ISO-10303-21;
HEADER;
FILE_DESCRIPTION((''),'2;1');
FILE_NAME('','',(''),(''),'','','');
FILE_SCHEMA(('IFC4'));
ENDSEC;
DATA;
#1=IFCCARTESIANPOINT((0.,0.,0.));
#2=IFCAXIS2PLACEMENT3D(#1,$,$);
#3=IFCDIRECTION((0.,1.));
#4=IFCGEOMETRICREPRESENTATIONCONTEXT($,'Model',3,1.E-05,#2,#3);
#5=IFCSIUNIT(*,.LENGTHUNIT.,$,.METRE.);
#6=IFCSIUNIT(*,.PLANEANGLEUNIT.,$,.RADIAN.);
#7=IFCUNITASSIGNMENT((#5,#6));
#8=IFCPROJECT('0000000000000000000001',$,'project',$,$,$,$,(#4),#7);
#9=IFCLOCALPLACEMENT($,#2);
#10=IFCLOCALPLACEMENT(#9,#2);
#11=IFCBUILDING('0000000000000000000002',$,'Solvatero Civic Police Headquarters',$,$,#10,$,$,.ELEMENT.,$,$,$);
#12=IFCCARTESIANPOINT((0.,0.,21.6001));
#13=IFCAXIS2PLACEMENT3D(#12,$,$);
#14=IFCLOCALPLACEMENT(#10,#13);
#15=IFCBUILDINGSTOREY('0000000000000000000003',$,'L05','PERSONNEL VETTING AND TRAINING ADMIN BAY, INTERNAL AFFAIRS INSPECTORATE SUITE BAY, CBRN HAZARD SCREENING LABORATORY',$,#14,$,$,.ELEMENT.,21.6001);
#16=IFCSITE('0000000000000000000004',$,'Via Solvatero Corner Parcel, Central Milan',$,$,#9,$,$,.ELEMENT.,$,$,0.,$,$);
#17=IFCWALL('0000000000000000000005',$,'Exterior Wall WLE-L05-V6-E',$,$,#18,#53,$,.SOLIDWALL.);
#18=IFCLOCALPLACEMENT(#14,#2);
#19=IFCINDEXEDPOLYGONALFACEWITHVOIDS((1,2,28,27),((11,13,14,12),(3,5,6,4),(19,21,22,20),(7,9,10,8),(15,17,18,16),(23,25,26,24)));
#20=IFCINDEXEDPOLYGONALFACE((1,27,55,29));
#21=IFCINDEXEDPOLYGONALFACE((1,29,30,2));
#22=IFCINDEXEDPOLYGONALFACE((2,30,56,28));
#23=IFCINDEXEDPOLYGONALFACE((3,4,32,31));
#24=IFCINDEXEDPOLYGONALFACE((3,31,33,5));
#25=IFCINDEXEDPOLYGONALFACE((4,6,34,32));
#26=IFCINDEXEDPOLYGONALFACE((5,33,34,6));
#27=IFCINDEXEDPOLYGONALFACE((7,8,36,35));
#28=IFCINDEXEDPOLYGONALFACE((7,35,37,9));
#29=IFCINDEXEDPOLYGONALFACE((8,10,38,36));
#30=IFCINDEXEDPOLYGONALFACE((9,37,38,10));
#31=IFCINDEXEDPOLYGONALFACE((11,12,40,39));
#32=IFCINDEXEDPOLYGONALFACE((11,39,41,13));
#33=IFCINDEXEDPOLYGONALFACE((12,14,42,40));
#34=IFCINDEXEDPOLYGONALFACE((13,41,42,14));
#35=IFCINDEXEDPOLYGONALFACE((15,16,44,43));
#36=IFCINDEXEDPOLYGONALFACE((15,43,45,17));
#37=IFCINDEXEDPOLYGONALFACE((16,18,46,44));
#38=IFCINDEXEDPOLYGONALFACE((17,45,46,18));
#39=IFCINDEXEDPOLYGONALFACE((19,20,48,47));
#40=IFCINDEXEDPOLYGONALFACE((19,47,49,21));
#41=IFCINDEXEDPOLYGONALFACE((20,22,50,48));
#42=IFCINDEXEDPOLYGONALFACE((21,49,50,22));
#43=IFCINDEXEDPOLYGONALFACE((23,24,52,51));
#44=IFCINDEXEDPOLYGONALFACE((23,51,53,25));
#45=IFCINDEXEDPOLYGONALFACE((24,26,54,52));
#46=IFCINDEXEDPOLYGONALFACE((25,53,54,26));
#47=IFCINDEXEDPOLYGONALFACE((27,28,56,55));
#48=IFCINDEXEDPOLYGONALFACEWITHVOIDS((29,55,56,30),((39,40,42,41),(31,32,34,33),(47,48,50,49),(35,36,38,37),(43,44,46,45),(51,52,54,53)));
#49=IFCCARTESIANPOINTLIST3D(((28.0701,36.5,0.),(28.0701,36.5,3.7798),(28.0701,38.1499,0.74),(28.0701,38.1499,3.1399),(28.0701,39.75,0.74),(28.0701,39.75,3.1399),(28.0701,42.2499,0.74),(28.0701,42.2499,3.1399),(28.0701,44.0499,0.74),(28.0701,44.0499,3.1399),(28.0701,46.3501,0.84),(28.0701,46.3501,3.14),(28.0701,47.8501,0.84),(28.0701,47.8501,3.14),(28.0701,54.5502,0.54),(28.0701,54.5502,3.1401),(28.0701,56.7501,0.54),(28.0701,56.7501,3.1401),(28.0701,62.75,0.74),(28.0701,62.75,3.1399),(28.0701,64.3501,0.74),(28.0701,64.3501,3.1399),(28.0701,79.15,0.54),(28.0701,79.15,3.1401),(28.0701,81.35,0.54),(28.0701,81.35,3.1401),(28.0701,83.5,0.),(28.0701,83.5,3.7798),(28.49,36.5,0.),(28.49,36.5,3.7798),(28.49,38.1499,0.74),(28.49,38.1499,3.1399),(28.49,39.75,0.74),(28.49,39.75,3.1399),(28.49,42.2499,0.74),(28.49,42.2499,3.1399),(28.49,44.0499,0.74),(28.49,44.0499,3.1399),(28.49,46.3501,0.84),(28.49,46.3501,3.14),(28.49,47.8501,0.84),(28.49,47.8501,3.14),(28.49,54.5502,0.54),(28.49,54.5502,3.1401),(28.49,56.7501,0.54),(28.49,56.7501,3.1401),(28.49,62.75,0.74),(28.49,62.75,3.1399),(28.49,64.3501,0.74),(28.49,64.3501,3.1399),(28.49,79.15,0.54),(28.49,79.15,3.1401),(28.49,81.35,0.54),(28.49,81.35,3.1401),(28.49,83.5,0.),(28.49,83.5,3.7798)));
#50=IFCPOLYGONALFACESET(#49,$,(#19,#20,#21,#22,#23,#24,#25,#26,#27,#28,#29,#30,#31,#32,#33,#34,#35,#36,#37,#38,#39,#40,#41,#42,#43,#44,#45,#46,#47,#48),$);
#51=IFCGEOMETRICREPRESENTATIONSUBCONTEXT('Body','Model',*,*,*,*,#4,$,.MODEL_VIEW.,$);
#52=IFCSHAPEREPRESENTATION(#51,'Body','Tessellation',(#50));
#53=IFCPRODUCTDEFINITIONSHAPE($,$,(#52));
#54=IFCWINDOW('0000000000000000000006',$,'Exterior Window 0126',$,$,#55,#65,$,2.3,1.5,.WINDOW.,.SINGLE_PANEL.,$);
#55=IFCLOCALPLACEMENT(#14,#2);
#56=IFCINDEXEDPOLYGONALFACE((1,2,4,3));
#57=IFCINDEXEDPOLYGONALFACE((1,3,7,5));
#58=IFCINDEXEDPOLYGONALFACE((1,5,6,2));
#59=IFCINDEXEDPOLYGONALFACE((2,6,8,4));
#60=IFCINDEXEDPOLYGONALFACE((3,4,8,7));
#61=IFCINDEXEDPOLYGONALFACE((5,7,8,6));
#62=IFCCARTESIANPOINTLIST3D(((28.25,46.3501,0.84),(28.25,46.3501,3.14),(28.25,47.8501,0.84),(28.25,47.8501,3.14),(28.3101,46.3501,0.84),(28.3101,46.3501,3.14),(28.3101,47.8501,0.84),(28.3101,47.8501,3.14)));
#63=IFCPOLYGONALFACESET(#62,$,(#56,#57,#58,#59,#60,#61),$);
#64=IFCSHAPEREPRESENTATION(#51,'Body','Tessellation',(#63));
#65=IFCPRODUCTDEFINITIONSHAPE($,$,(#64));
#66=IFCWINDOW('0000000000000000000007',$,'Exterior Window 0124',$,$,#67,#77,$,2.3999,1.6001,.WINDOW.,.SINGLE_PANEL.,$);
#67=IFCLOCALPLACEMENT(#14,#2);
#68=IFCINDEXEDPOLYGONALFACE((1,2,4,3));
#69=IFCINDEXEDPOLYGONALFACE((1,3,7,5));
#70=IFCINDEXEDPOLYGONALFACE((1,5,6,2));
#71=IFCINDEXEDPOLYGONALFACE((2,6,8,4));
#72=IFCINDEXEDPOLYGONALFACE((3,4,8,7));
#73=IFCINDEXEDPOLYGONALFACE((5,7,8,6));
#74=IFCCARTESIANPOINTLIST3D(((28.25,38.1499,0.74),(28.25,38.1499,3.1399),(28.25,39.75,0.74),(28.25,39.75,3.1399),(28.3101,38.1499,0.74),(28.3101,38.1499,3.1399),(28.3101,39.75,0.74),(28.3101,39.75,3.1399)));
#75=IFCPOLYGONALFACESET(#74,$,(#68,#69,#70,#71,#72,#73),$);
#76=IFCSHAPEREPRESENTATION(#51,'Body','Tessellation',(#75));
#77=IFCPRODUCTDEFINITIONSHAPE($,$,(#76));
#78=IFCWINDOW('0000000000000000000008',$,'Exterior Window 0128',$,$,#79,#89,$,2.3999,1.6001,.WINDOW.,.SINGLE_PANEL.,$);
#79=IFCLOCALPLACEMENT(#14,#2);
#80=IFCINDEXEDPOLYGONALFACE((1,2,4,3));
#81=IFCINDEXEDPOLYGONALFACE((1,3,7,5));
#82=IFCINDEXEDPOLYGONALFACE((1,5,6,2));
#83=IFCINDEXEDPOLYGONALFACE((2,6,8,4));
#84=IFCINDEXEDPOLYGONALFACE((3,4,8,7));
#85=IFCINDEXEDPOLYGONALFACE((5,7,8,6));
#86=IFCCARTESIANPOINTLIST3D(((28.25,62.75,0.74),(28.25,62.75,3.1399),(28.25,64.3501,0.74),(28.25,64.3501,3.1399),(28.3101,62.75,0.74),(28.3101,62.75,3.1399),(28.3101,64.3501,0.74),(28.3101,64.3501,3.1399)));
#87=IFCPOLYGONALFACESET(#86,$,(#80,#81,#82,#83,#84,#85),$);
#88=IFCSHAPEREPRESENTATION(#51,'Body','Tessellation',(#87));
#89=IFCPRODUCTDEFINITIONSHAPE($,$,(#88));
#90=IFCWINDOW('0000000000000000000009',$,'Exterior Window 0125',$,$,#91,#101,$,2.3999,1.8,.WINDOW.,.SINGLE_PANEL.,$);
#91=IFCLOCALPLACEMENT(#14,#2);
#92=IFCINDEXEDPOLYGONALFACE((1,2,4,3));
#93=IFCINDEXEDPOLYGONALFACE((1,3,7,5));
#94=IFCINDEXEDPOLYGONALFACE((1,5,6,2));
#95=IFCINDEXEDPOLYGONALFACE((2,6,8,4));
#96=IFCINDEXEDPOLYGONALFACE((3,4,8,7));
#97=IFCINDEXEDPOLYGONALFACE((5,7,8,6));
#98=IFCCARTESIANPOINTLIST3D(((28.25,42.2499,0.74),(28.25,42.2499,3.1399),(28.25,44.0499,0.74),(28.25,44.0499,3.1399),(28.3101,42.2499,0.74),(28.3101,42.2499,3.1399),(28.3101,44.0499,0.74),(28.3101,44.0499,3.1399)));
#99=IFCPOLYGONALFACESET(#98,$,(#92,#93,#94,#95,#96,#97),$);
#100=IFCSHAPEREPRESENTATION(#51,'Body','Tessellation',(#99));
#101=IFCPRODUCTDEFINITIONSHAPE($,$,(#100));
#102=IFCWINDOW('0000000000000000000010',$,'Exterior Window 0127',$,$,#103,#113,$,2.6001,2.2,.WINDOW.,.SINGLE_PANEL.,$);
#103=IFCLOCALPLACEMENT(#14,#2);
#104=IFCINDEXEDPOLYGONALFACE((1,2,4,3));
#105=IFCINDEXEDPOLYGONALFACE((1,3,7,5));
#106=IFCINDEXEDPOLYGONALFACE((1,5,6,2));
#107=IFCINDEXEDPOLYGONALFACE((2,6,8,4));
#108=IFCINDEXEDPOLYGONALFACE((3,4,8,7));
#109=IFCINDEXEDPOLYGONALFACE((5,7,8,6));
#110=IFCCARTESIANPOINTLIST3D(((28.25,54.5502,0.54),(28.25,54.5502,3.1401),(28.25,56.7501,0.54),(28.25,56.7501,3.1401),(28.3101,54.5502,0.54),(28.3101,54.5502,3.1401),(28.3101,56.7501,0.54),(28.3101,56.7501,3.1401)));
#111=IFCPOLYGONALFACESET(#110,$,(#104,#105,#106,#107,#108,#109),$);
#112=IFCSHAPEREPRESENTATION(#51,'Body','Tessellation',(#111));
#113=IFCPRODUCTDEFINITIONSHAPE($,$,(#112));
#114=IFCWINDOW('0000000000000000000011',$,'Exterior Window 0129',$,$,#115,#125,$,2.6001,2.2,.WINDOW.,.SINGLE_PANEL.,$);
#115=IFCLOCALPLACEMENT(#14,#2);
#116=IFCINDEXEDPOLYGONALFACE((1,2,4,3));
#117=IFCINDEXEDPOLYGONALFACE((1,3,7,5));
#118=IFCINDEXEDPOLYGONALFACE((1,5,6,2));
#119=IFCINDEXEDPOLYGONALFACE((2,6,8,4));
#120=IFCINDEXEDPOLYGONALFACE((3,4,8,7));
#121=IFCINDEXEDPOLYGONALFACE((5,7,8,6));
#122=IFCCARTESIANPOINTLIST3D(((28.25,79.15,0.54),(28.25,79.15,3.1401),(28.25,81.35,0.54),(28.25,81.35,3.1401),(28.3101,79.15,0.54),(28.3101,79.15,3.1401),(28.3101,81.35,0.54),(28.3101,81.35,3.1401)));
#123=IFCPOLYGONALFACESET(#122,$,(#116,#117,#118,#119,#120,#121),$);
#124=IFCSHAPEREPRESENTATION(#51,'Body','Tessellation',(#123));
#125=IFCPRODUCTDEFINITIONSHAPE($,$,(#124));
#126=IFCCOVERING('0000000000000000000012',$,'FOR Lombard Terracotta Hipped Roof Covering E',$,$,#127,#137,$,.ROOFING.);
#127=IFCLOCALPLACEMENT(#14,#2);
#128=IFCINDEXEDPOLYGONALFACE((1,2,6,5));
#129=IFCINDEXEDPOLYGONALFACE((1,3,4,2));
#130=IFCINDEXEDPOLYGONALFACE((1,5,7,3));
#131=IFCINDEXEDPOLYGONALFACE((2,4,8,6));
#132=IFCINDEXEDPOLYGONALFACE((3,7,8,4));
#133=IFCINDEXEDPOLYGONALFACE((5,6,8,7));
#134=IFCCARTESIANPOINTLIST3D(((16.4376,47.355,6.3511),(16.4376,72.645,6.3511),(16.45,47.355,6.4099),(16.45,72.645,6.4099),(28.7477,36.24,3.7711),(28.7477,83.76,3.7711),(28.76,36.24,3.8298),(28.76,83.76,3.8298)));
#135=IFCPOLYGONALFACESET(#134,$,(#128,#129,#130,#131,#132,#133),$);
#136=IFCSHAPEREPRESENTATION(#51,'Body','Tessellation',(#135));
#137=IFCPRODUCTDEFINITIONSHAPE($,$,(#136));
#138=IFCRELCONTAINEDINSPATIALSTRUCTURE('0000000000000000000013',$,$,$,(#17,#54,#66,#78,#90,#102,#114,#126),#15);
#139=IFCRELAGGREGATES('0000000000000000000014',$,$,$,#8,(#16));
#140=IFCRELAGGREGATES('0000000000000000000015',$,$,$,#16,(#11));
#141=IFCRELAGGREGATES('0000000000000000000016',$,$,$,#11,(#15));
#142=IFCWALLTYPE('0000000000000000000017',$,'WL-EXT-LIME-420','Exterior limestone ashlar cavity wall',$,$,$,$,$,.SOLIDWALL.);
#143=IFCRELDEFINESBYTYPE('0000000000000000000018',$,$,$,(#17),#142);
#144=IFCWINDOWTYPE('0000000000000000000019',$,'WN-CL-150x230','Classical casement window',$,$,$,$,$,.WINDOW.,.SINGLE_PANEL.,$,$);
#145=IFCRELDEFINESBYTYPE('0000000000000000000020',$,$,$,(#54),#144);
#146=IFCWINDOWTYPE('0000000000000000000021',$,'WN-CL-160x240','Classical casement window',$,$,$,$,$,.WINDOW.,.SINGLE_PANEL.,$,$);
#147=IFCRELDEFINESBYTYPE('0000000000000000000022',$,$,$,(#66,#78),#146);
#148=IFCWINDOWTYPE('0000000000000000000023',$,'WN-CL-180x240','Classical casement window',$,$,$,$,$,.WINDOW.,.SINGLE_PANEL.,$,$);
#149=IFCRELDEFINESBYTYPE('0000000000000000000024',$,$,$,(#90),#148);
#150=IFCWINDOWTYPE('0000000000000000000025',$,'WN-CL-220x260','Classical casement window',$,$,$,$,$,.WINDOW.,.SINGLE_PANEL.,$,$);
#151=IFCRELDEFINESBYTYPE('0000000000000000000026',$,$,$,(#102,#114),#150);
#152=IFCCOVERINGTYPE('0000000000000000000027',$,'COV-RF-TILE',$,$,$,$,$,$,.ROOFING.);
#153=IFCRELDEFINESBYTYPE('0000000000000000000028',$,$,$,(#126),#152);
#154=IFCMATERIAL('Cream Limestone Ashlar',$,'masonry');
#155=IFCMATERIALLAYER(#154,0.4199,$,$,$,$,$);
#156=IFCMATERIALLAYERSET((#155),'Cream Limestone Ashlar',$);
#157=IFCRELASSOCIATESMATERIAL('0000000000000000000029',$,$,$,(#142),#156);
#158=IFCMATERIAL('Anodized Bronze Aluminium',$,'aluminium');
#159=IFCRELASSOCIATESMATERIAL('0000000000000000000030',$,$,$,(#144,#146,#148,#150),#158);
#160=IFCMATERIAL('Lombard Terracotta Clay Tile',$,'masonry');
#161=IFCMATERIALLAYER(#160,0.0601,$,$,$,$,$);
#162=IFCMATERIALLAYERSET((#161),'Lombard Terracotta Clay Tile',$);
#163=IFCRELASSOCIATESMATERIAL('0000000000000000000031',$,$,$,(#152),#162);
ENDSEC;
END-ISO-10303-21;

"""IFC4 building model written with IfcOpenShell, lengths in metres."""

from ifc_helpers import new_model, si_unit, direction, frame, frame_2d, origin, place, context, subcontext, project, spatial, polyline, rectangle, outline, extrude, material, layer, layer_set, type_object, element, fill, save


model = new_model("IFC4")

# Units and contexts
model_context = context("Model", 3, precision=1e-05, world=origin(), true_north=direction((0.0, 1.0)))
body_context = subcontext(model_context, "Body", "Model", "MODEL_VIEW")
ifc_project = project(units=[si_unit("LENGTHUNIT", "METRE"), si_unit("PLANEANGLEUNIT", "RADIAN")], contexts=[model_context])

# Site, building, storey
site_placement = place(None, origin())
site = spatial("IfcSite", under=ifc_project, at=site_placement, Name="Via Solvatero Corner Parcel, Central Milan", CompositionType="ELEMENT", RefElevation=0.0)
building_placement = place(site_placement, origin())
building = spatial("IfcBuilding", under=site, at=building_placement, Name="Solvatero Civic Police Headquarters", CompositionType="ELEMENT")
storey_placement = place(building_placement, frame((0.0, 0.0, 21.6001)))
storey = spatial("IfcBuildingStorey", under=building, at=storey_placement, Name="L05", Description="PERSONNEL VETTING AND TRAINING ADMIN BAY, INTERNAL AFFAIRS INSPECTORATE SUITE BAY, CBRN HAZARD SCREENING LABORATORY", CompositionType="ELEMENT", Elevation=21.6001)

# Shared definitions
ifc_material_1 = material(Name="Anodized Bronze Aluminium", Category="aluminium")

# Wall, openings, windows
ifc_material_2 = material(Name="Cream Limestone Ashlar", Category="masonry")
ifc_layer_1 = layer(ifc_material_2, 0.4199)
ifc_layer_set_1 = layer_set([ifc_layer_1], Name="Cream Limestone Ashlar")
wall_type = type_object("IfcWallType", Name="WL-EXT-LIME-420", Description="Exterior limestone ashlar cavity wall", PredefinedType="SOLIDWALL", material=ifc_layer_set_1)
wall_placement = place(storey_placement, frame((28.28, 36.5, 0.0), z_axis=(0.0, 0.0, 1.0), x_axis=(0.0, 1.0, 0.0)))
wall = element("IfcWall", 1, at=wall_placement, inside=storey, type_object=wall_type, Name="Exterior Wall WLE-L05-V6-E", PredefinedType="SOLIDWALL", context=body_context, shape_type="SweptSolid", body=[
    extrude(rectangle(XDim=47.0, YDim=0.4199, at=frame_2d((23.5, 0.0))), origin(), (0.0, 0.0, 1.0), 3.7798),
])
opening_1_placement = place(wall_placement, frame((1.6499, 0.0, 0.74)))
opening_1 = element("IfcOpeningElement", 2, at=opening_1_placement, cuts=wall, PredefinedType="OPENING", context=body_context, shape_type="SweptSolid", body=[
    extrude(rectangle(XDim=1.6001, YDim=2.3999, at=frame_2d((0.8, 1.2))), frame((0.0, 0.22, 0.0), z_axis=(0.0, -1.0, 0.0), x_axis=(1.0, 0.0, 0.0)), (0.0, 0.0, 1.0), 0.4399),
])
opening_2_placement = place(wall_placement, frame((5.75, 0.0, 0.74)))
opening_2 = element("IfcOpeningElement", 3, at=opening_2_placement, cuts=wall, PredefinedType="OPENING", context=body_context, shape_type="SweptSolid", body=[
    extrude(rectangle(XDim=1.8, YDim=2.3999, at=frame_2d((0.8999, 1.2))), frame((0.0, 0.22, 0.0), z_axis=(0.0, -1.0, 0.0), x_axis=(1.0, 0.0, 0.0)), (0.0, 0.0, 1.0), 0.4399),
])
opening_3_placement = place(wall_placement, frame((9.8501, 0.0, 0.8401)))
opening_3 = element("IfcOpeningElement", 4, at=opening_3_placement, cuts=wall, PredefinedType="OPENING", context=body_context, shape_type="SweptSolid", body=[
    extrude(rectangle(XDim=1.5, YDim=2.3, at=frame_2d((0.75, 1.1499))), frame((0.0, 0.22, 0.0), z_axis=(0.0, -1.0, 0.0), x_axis=(1.0, 0.0, 0.0)), (0.0, 0.0, 1.0), 0.4399),
])
opening_4_placement = place(wall_placement, frame((18.05, 0.0, 0.54)))
opening_4 = element("IfcOpeningElement", 5, at=opening_4_placement, cuts=wall, PredefinedType="OPENING", context=body_context, shape_type="SweptSolid", body=[
    extrude(rectangle(XDim=2.2, YDim=2.6001, at=frame_2d((1.1001, 1.3))), frame((0.0, 0.22, 0.0), z_axis=(0.0, -1.0, 0.0), x_axis=(1.0, 0.0, 0.0)), (0.0, 0.0, 1.0), 0.4399),
])
opening_5_placement = place(wall_placement, frame((26.25, 0.0, 0.74)))
opening_5 = element("IfcOpeningElement", 6, at=opening_5_placement, cuts=wall, PredefinedType="OPENING", context=body_context, shape_type="SweptSolid", body=[
    extrude(rectangle(XDim=1.6001, YDim=2.3999, at=frame_2d((0.8, 1.2))), frame((0.0, 0.22, 0.0), z_axis=(0.0, -1.0, 0.0), x_axis=(1.0, 0.0, 0.0)), (0.0, 0.0, 1.0), 0.4399),
])
opening_6_placement = place(wall_placement, frame((42.6499, 0.0, 0.54)))
opening_6 = element("IfcOpeningElement", 7, at=opening_6_placement, cuts=wall, PredefinedType="OPENING", context=body_context, shape_type="SweptSolid", body=[
    extrude(rectangle(XDim=2.2, YDim=2.6001, at=frame_2d((1.1001, 1.3))), frame((0.0, 0.22, 0.0), z_axis=(0.0, -1.0, 0.0), x_axis=(1.0, 0.0, 0.0)), (0.0, 0.0, 1.0), 0.4399),
])
window_type_1 = type_object("IfcWindowType", Name="WN-CL-150x230", Description="Classical casement window", PartitioningType="SINGLE_PANEL", PredefinedType="WINDOW", material=ifc_material_1)
window_1_placement = place(opening_3_placement, origin())
window_1 = element("IfcWindow", 8, at=window_1_placement, inside=storey, type_object=window_type_1, Name="Exterior Window 0126", OverallHeight=2.3, OverallWidth=1.5, PartitioningType="SINGLE_PANEL", PredefinedType="WINDOW", context=body_context, shape_type="SweptSolid", body=[
    extrude(rectangle(XDim=1.5, YDim=2.3, at=frame_2d((0.75, 1.1499))), frame((0.0, 0.03, 0.0), z_axis=(0.0, -1.0, 0.0), x_axis=(1.0, 0.0, 0.0)), (0.0, 0.0, 1.0), 0.0601),
])
fill(opening_3, window_1)
window_type_2 = type_object("IfcWindowType", Name="WN-CL-160x240", Description="Classical casement window", PartitioningType="SINGLE_PANEL", PredefinedType="WINDOW", material=ifc_material_1)
window_2_placement = place(opening_1_placement, origin())
window_2 = element("IfcWindow", 9, at=window_2_placement, inside=storey, type_object=window_type_2, Name="Exterior Window 0124", OverallHeight=2.3999, OverallWidth=1.6001, PartitioningType="SINGLE_PANEL", PredefinedType="WINDOW", context=body_context, shape_type="SweptSolid", body=[
    extrude(rectangle(XDim=1.6001, YDim=2.3999, at=frame_2d((0.8, 1.2))), frame((0.0, 0.03, 0.0), z_axis=(0.0, -1.0, 0.0), x_axis=(1.0, 0.0, 0.0)), (0.0, 0.0, 1.0), 0.0601),
])
fill(opening_1, window_2)
window_3_placement = place(opening_5_placement, origin())
window_3 = element("IfcWindow", 10, at=window_3_placement, inside=storey, type_object=window_type_2, Name="Exterior Window 0128", OverallHeight=2.3999, OverallWidth=1.6001, PartitioningType="SINGLE_PANEL", PredefinedType="WINDOW", context=body_context, shape_type="SweptSolid", body=[
    extrude(rectangle(XDim=1.6001, YDim=2.3999, at=frame_2d((0.8, 1.2))), frame((0.0, 0.03, 0.0), z_axis=(0.0, -1.0, 0.0), x_axis=(1.0, 0.0, 0.0)), (0.0, 0.0, 1.0), 0.0601),
])
fill(opening_5, window_3)
window_type_3 = type_object("IfcWindowType", Name="WN-CL-180x240", Description="Classical casement window", PartitioningType="SINGLE_PANEL", PredefinedType="WINDOW", material=ifc_material_1)
window_4_placement = place(opening_2_placement, origin())
window_4 = element("IfcWindow", 11, at=window_4_placement, inside=storey, type_object=window_type_3, Name="Exterior Window 0125", OverallHeight=2.3999, OverallWidth=1.8, PartitioningType="SINGLE_PANEL", PredefinedType="WINDOW", context=body_context, shape_type="SweptSolid", body=[
    extrude(rectangle(XDim=1.8, YDim=2.3999, at=frame_2d((0.8999, 1.2))), frame((0.0, 0.03, 0.0), z_axis=(0.0, -1.0, 0.0), x_axis=(1.0, 0.0, 0.0)), (0.0, 0.0, 1.0), 0.0601),
])
fill(opening_2, window_4)
window_type_4 = type_object("IfcWindowType", Name="WN-CL-220x260", Description="Classical casement window", PartitioningType="SINGLE_PANEL", PredefinedType="WINDOW", material=ifc_material_1)
window_5_placement = place(opening_4_placement, origin())
window_5 = element("IfcWindow", 12, at=window_5_placement, inside=storey, type_object=window_type_4, Name="Exterior Window 0127", OverallHeight=2.6001, OverallWidth=2.2, PartitioningType="SINGLE_PANEL", PredefinedType="WINDOW", context=body_context, shape_type="SweptSolid", body=[
    extrude(rectangle(XDim=2.2, YDim=2.6001, at=frame_2d((1.1001, 1.3))), frame((0.0, 0.03, 0.0), z_axis=(0.0, -1.0, 0.0), x_axis=(1.0, 0.0, 0.0)), (0.0, 0.0, 1.0), 0.0601),
])
fill(opening_4, window_5)
window_6_placement = place(opening_6_placement, origin())
window_6 = element("IfcWindow", 13, at=window_6_placement, inside=storey, type_object=window_type_4, Name="Exterior Window 0129", OverallHeight=2.6001, OverallWidth=2.2, PartitioningType="SINGLE_PANEL", PredefinedType="WINDOW", context=body_context, shape_type="SweptSolid", body=[
    extrude(rectangle(XDim=2.2, YDim=2.6001, at=frame_2d((1.1001, 1.3))), frame((0.0, 0.03, 0.0), z_axis=(0.0, -1.0, 0.0), x_axis=(1.0, 0.0, 0.0)), (0.0, 0.0, 1.0), 0.0601),
])
fill(opening_6, window_6)

# Covering
ifc_material_3 = material(Name="Lombard Terracotta Clay Tile", Category="masonry")
ifc_layer_2 = layer(ifc_material_3, 0.0601)
ifc_layer_set_2 = layer_set([ifc_layer_2], Name="Lombard Terracotta Clay Tile")
covering_type = type_object("IfcCoveringType", Name="COV-RF-TILE", PredefinedType="ROOFING", material=ifc_layer_set_2)
covering_placement = place(storey_placement, frame((28.76, 36.24, 3.8298), z_axis=(0.205134, 0.0, 0.978734), x_axis=(0.0, 1.0, 0.0)))
element("IfcCovering", 14, at=covering_placement, inside=storey, type_object=covering_type, Name="FOR Lombard Terracotta Hipped Roof Covering E", PredefinedType="ROOFING", context=body_context, shape_type="SweptSolid", body=[
    extrude(outline(polyline([(0.0, 0.0), (47.52, 0.0), (36.405, 12.5775), (11.115, 12.5775), (0.0, 0.0)])), origin(), (0.0, 0.0, -1.0), 0.0601),
])

save(model, "model.ifc")
